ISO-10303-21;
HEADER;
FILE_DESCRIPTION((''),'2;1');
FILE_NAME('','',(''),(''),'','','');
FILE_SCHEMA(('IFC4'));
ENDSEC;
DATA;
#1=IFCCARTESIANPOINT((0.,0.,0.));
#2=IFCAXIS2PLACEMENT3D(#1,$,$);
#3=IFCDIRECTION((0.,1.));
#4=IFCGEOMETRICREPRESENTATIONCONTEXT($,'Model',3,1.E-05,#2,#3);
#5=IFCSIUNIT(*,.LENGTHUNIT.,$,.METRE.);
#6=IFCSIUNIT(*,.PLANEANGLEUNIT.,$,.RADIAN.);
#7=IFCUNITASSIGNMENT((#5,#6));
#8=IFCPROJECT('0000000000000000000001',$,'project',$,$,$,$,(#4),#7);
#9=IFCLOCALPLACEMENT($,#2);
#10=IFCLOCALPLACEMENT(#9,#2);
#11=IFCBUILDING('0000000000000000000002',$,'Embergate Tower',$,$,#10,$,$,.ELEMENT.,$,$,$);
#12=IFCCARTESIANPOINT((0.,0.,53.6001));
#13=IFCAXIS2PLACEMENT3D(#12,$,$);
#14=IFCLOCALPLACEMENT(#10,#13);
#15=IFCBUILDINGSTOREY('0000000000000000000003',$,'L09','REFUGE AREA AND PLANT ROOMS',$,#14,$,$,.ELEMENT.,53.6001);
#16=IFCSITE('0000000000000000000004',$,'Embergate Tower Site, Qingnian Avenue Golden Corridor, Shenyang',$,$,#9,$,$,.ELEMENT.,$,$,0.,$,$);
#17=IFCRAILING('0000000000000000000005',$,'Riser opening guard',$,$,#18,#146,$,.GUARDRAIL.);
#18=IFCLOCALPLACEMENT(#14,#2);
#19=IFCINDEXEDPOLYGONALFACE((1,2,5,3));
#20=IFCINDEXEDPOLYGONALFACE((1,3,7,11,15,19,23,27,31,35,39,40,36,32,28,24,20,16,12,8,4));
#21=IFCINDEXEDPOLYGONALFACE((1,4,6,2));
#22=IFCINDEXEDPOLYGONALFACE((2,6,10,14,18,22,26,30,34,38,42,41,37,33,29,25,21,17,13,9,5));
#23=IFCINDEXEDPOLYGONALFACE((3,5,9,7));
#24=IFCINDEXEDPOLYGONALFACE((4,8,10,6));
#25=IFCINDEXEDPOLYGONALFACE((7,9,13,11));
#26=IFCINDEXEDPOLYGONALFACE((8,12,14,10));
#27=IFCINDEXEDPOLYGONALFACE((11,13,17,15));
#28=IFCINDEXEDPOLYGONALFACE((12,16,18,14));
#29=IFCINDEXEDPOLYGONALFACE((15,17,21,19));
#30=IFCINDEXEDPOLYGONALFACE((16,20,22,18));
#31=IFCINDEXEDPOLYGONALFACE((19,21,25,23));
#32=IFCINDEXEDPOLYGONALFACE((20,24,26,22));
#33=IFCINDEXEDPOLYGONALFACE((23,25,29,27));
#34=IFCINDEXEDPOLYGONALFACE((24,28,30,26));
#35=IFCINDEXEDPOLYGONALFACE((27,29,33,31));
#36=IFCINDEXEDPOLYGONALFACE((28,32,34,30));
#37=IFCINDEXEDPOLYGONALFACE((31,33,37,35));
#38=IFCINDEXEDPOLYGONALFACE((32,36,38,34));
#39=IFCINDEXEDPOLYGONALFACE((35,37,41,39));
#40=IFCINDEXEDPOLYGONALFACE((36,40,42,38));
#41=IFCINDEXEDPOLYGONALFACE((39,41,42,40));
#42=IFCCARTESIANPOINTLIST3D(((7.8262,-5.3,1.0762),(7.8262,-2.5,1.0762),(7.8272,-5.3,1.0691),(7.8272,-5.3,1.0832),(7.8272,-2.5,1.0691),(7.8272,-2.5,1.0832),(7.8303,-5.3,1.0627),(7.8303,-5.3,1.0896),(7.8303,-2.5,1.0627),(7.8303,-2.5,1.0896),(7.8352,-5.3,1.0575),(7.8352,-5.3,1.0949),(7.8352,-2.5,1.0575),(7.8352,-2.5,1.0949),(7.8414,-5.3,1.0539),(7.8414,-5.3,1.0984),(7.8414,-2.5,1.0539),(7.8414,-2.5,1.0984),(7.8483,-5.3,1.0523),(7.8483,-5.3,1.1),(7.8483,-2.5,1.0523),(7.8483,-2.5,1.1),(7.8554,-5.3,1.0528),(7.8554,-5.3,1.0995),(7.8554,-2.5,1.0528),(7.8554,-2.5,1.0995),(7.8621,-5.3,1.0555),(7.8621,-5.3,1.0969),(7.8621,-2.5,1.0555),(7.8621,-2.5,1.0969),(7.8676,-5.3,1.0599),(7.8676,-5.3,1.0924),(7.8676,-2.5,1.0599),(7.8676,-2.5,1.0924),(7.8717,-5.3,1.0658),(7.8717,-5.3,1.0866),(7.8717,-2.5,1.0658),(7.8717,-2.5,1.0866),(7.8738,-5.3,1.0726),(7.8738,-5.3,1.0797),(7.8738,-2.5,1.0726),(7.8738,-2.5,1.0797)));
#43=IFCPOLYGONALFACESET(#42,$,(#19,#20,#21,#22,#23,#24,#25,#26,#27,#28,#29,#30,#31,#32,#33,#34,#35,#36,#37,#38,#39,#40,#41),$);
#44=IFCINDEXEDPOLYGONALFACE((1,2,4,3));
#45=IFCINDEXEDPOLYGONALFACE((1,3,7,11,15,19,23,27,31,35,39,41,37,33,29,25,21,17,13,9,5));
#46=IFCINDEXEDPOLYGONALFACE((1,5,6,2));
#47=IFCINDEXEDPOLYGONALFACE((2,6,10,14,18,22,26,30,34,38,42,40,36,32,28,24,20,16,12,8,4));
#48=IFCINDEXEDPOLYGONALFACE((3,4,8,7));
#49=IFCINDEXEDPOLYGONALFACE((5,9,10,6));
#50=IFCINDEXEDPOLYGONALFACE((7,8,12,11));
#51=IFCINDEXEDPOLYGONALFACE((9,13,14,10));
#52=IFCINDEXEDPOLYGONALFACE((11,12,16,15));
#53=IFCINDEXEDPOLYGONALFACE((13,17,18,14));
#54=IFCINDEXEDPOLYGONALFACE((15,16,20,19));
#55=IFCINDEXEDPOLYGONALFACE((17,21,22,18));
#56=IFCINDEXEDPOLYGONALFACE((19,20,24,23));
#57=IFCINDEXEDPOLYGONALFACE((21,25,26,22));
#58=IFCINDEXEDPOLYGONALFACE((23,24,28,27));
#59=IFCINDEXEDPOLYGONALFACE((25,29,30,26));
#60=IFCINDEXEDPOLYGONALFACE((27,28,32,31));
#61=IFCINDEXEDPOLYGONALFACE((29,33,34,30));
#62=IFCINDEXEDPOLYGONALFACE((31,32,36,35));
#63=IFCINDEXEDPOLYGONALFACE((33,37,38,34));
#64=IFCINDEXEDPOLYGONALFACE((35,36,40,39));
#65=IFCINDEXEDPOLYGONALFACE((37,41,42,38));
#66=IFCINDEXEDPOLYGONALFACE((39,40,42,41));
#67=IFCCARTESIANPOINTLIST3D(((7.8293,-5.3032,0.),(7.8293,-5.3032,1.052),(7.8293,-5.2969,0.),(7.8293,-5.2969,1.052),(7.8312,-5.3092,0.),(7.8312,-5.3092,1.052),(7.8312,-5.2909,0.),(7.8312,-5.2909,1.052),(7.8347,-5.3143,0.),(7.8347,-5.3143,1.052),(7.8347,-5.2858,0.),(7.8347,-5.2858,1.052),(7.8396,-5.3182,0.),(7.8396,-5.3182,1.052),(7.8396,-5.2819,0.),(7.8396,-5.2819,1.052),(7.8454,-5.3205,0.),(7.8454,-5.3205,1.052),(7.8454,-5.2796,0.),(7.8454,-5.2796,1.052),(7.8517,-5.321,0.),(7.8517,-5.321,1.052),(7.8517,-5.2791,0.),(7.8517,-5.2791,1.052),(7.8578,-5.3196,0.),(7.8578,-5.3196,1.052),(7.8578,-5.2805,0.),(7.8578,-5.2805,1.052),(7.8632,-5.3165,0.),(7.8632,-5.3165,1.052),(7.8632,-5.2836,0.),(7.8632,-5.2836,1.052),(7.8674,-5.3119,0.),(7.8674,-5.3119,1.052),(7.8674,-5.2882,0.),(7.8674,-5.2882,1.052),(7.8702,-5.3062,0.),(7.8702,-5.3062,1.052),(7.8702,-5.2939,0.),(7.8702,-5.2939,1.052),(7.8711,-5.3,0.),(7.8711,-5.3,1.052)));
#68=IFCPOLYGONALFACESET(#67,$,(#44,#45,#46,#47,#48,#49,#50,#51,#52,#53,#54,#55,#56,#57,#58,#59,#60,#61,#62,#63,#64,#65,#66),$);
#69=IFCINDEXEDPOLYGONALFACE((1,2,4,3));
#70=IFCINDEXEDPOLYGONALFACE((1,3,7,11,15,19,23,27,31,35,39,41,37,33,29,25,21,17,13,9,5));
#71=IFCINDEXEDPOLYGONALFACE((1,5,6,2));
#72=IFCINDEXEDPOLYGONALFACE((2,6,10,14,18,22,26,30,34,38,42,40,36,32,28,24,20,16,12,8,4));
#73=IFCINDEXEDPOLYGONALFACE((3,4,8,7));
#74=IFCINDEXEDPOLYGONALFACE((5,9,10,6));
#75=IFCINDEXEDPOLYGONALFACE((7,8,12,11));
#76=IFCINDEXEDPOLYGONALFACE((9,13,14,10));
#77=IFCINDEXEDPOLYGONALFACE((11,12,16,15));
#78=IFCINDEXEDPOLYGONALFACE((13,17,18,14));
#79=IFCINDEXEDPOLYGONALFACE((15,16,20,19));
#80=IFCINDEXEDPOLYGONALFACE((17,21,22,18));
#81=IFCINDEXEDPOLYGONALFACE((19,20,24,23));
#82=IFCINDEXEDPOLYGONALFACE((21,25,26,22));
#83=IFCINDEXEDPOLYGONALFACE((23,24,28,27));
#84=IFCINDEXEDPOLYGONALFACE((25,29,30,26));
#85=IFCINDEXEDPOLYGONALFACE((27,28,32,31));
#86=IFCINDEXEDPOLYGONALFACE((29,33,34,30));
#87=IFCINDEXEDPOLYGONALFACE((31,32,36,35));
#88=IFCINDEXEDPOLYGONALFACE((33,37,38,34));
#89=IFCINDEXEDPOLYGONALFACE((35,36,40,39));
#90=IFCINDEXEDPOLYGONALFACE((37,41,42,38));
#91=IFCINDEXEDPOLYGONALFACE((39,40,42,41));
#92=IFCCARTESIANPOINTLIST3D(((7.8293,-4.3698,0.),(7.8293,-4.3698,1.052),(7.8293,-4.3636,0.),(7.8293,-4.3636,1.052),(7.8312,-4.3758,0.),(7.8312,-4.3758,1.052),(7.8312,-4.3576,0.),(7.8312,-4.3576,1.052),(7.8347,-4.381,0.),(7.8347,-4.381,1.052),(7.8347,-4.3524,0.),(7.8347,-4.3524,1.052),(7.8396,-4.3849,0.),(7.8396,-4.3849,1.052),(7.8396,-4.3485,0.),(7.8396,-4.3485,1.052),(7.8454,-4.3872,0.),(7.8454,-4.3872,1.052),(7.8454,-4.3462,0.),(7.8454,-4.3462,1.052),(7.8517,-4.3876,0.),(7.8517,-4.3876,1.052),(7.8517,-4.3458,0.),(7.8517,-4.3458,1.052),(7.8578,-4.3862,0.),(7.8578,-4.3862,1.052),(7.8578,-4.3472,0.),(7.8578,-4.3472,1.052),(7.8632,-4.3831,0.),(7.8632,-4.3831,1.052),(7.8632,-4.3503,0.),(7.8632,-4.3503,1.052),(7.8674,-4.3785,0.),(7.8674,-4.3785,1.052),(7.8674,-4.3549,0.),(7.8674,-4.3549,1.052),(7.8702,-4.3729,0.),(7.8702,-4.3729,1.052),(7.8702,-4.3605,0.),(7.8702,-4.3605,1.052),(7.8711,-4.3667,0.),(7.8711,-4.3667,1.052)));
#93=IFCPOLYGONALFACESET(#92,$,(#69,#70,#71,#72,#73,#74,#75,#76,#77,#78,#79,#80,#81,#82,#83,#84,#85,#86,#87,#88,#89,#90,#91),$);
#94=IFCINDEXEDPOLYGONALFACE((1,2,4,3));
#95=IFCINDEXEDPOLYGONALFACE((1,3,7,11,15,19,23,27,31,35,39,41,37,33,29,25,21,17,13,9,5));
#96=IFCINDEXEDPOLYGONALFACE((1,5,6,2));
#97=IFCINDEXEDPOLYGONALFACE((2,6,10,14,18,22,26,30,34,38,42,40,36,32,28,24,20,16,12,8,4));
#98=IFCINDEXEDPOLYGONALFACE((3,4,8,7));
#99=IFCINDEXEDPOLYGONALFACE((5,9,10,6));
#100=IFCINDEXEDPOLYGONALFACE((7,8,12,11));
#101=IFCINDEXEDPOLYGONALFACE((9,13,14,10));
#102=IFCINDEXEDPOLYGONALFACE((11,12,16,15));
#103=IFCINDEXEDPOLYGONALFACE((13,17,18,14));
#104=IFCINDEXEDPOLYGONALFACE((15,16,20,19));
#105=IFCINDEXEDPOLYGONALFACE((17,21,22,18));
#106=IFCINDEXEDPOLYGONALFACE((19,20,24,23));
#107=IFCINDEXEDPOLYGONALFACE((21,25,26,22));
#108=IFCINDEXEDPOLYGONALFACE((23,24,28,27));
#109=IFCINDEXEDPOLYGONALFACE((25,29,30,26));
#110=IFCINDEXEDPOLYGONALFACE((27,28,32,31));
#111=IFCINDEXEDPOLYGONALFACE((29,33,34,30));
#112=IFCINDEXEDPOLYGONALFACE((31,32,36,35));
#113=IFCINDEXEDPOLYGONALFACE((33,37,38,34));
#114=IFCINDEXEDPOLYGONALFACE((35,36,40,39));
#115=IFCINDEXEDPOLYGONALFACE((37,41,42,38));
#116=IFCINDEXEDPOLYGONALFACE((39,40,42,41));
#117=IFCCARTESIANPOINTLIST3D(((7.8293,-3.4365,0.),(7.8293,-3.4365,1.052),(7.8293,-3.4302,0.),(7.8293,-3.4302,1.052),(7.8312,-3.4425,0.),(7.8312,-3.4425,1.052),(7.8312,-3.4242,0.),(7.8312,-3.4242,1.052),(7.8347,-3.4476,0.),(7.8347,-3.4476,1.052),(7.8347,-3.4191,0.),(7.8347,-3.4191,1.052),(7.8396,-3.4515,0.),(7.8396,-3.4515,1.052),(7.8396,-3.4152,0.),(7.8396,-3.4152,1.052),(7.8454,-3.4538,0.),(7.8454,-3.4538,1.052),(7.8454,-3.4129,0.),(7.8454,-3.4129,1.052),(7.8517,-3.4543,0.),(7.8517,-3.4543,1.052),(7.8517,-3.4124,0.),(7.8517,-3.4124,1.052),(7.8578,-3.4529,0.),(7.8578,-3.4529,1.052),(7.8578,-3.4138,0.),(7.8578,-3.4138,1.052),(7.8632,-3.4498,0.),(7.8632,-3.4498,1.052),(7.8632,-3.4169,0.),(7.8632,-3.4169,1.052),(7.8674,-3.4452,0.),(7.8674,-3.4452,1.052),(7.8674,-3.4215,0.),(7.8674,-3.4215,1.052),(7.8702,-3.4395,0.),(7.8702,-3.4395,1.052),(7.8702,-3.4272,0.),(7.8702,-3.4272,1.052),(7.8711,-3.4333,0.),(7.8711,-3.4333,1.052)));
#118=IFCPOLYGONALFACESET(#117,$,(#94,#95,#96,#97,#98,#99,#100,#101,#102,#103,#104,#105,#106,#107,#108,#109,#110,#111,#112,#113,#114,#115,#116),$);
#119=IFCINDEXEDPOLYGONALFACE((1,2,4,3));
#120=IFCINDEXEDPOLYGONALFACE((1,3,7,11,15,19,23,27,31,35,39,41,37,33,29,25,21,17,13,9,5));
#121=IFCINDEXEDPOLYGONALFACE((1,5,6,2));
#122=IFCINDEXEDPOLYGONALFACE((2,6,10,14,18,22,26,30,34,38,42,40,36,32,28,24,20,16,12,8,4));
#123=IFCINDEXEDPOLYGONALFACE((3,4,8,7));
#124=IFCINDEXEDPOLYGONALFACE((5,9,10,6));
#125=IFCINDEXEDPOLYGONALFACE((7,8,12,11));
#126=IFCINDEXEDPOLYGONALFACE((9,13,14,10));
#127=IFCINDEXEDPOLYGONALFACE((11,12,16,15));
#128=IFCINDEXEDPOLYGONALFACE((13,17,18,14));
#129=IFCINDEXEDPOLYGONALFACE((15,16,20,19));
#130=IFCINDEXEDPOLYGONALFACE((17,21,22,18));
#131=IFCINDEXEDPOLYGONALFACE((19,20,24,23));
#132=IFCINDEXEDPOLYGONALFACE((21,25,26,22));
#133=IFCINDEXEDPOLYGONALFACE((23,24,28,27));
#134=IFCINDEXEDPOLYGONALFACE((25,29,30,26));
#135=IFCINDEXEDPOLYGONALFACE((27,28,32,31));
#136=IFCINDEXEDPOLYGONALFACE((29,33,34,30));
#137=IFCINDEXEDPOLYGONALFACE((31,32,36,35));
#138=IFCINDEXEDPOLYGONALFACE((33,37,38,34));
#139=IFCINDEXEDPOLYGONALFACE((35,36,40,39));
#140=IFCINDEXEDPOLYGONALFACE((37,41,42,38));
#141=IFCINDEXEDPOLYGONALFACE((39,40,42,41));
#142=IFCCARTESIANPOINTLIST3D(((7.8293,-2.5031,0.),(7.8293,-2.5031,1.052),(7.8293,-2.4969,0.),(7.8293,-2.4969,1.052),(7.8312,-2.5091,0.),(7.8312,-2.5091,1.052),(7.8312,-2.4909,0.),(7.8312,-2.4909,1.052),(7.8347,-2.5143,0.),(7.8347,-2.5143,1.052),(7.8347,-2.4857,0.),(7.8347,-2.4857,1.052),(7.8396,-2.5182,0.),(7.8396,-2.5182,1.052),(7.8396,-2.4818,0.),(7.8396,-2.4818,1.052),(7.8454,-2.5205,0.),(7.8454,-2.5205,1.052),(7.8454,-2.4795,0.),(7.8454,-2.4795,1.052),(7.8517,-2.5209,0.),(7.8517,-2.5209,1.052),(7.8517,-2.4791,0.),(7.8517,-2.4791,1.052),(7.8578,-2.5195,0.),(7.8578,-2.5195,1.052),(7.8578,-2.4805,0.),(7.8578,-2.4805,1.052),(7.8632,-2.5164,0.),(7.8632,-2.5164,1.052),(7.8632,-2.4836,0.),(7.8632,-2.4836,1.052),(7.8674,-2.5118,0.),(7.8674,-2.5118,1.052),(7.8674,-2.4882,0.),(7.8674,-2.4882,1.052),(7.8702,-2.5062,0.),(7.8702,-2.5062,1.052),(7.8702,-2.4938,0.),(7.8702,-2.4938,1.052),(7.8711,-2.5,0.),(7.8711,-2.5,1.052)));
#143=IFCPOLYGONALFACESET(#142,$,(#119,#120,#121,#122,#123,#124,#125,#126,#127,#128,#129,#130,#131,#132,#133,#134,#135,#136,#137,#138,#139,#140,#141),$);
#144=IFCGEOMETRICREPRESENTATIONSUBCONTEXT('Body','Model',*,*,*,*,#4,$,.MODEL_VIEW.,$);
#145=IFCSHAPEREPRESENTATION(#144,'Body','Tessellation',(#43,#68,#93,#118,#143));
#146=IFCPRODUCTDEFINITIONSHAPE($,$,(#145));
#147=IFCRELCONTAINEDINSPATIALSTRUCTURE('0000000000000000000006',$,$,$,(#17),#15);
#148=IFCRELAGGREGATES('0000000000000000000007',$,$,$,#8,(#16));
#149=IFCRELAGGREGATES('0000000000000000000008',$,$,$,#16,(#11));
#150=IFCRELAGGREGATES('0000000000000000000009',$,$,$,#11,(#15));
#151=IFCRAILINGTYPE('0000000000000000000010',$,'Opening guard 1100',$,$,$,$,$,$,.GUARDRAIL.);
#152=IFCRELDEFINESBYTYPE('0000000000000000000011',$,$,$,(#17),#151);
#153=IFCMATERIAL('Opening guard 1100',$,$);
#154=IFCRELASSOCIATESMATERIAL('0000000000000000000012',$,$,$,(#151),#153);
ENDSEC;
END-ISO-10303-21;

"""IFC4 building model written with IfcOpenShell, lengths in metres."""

from ifc_helpers import new_model, si_unit, direction, frame, origin, origin_2d, place, context, subcontext, project, spatial, circle, extrude, source, transform, mapped, material, type_object, element, save


model = new_model("IFC4")

# Units and contexts
model_context = context("Model", 3, precision=1e-05, world=origin(), true_north=direction((0.0, 1.0)))
body_context = subcontext(model_context, "Body", "Model", "MODEL_VIEW")
ifc_project = project(units=[si_unit("LENGTHUNIT", "METRE"), si_unit("PLANEANGLEUNIT", "RADIAN")], contexts=[model_context])

# Site, building, storey
site_placement = place(None, origin())
site = spatial("IfcSite", under=ifc_project, at=site_placement, Name="Embergate Tower Site, Qingnian Avenue Golden Corridor, Shenyang", CompositionType="ELEMENT", RefElevation=0.0)
building_placement = place(site_placement, origin())
building = spatial("IfcBuilding", under=site, at=building_placement, Name="Embergate Tower", CompositionType="ELEMENT")
storey_placement = place(building_placement, frame((0.0, 0.0, 53.6001)))
storey = spatial("IfcBuildingStorey", under=building, at=storey_placement, Name="L09", Description="REFUGE AREA AND PLANT ROOMS", CompositionType="ELEMENT", Elevation=53.6001)

# Railing
ifc_material_1 = material(Name="Opening guard 1100")
railing_type_1 = type_object("IfcRailingType", Name="Opening guard 1100", PredefinedType="GUARDRAIL", material=ifc_material_1)
shared_shape_1 = source(origin(), body_context, "Body", "SweptSolid", [
    extrude(circle(Radius=0.0239, at=origin_2d()), frame((0.0, 0.0, 1.0762), z_axis=(0.0, 1.0, 0.0), x_axis=(-1.0, 0.0, 0.0)), (0.0, 0.0, 1.0), 2.8),
    extrude(circle(Radius=0.021, at=origin_2d()), origin(), (0.0, 0.0, 1.0), 1.052),
    extrude(circle(Radius=0.021, at=origin_2d()), frame((0.0, 0.9333, 0.0)), (0.0, 0.0, 1.0), 1.052),
    extrude(circle(Radius=0.021, at=origin_2d()), frame((0.0, 1.8667, 0.0)), (0.0, 0.0, 1.0), 1.052),
    extrude(circle(Radius=0.021, at=origin_2d()), frame((0.0, 2.8, 0.0)), (0.0, 0.0, 1.0), 1.052),
])
railing_1_placement = place(storey_placement, frame((7.8501, -5.3, 0.0)))
element("IfcRailing", 1, at=railing_1_placement, inside=storey, type_object=railing_type_1, Name="Riser opening guard", PredefinedType="GUARDRAIL", context=body_context, shape_type="MappedRepresentation", body=[
    mapped(shared_shape_1, transform((0.0, 0.0, 0.0))),
])

save(model, "model.ifc")
